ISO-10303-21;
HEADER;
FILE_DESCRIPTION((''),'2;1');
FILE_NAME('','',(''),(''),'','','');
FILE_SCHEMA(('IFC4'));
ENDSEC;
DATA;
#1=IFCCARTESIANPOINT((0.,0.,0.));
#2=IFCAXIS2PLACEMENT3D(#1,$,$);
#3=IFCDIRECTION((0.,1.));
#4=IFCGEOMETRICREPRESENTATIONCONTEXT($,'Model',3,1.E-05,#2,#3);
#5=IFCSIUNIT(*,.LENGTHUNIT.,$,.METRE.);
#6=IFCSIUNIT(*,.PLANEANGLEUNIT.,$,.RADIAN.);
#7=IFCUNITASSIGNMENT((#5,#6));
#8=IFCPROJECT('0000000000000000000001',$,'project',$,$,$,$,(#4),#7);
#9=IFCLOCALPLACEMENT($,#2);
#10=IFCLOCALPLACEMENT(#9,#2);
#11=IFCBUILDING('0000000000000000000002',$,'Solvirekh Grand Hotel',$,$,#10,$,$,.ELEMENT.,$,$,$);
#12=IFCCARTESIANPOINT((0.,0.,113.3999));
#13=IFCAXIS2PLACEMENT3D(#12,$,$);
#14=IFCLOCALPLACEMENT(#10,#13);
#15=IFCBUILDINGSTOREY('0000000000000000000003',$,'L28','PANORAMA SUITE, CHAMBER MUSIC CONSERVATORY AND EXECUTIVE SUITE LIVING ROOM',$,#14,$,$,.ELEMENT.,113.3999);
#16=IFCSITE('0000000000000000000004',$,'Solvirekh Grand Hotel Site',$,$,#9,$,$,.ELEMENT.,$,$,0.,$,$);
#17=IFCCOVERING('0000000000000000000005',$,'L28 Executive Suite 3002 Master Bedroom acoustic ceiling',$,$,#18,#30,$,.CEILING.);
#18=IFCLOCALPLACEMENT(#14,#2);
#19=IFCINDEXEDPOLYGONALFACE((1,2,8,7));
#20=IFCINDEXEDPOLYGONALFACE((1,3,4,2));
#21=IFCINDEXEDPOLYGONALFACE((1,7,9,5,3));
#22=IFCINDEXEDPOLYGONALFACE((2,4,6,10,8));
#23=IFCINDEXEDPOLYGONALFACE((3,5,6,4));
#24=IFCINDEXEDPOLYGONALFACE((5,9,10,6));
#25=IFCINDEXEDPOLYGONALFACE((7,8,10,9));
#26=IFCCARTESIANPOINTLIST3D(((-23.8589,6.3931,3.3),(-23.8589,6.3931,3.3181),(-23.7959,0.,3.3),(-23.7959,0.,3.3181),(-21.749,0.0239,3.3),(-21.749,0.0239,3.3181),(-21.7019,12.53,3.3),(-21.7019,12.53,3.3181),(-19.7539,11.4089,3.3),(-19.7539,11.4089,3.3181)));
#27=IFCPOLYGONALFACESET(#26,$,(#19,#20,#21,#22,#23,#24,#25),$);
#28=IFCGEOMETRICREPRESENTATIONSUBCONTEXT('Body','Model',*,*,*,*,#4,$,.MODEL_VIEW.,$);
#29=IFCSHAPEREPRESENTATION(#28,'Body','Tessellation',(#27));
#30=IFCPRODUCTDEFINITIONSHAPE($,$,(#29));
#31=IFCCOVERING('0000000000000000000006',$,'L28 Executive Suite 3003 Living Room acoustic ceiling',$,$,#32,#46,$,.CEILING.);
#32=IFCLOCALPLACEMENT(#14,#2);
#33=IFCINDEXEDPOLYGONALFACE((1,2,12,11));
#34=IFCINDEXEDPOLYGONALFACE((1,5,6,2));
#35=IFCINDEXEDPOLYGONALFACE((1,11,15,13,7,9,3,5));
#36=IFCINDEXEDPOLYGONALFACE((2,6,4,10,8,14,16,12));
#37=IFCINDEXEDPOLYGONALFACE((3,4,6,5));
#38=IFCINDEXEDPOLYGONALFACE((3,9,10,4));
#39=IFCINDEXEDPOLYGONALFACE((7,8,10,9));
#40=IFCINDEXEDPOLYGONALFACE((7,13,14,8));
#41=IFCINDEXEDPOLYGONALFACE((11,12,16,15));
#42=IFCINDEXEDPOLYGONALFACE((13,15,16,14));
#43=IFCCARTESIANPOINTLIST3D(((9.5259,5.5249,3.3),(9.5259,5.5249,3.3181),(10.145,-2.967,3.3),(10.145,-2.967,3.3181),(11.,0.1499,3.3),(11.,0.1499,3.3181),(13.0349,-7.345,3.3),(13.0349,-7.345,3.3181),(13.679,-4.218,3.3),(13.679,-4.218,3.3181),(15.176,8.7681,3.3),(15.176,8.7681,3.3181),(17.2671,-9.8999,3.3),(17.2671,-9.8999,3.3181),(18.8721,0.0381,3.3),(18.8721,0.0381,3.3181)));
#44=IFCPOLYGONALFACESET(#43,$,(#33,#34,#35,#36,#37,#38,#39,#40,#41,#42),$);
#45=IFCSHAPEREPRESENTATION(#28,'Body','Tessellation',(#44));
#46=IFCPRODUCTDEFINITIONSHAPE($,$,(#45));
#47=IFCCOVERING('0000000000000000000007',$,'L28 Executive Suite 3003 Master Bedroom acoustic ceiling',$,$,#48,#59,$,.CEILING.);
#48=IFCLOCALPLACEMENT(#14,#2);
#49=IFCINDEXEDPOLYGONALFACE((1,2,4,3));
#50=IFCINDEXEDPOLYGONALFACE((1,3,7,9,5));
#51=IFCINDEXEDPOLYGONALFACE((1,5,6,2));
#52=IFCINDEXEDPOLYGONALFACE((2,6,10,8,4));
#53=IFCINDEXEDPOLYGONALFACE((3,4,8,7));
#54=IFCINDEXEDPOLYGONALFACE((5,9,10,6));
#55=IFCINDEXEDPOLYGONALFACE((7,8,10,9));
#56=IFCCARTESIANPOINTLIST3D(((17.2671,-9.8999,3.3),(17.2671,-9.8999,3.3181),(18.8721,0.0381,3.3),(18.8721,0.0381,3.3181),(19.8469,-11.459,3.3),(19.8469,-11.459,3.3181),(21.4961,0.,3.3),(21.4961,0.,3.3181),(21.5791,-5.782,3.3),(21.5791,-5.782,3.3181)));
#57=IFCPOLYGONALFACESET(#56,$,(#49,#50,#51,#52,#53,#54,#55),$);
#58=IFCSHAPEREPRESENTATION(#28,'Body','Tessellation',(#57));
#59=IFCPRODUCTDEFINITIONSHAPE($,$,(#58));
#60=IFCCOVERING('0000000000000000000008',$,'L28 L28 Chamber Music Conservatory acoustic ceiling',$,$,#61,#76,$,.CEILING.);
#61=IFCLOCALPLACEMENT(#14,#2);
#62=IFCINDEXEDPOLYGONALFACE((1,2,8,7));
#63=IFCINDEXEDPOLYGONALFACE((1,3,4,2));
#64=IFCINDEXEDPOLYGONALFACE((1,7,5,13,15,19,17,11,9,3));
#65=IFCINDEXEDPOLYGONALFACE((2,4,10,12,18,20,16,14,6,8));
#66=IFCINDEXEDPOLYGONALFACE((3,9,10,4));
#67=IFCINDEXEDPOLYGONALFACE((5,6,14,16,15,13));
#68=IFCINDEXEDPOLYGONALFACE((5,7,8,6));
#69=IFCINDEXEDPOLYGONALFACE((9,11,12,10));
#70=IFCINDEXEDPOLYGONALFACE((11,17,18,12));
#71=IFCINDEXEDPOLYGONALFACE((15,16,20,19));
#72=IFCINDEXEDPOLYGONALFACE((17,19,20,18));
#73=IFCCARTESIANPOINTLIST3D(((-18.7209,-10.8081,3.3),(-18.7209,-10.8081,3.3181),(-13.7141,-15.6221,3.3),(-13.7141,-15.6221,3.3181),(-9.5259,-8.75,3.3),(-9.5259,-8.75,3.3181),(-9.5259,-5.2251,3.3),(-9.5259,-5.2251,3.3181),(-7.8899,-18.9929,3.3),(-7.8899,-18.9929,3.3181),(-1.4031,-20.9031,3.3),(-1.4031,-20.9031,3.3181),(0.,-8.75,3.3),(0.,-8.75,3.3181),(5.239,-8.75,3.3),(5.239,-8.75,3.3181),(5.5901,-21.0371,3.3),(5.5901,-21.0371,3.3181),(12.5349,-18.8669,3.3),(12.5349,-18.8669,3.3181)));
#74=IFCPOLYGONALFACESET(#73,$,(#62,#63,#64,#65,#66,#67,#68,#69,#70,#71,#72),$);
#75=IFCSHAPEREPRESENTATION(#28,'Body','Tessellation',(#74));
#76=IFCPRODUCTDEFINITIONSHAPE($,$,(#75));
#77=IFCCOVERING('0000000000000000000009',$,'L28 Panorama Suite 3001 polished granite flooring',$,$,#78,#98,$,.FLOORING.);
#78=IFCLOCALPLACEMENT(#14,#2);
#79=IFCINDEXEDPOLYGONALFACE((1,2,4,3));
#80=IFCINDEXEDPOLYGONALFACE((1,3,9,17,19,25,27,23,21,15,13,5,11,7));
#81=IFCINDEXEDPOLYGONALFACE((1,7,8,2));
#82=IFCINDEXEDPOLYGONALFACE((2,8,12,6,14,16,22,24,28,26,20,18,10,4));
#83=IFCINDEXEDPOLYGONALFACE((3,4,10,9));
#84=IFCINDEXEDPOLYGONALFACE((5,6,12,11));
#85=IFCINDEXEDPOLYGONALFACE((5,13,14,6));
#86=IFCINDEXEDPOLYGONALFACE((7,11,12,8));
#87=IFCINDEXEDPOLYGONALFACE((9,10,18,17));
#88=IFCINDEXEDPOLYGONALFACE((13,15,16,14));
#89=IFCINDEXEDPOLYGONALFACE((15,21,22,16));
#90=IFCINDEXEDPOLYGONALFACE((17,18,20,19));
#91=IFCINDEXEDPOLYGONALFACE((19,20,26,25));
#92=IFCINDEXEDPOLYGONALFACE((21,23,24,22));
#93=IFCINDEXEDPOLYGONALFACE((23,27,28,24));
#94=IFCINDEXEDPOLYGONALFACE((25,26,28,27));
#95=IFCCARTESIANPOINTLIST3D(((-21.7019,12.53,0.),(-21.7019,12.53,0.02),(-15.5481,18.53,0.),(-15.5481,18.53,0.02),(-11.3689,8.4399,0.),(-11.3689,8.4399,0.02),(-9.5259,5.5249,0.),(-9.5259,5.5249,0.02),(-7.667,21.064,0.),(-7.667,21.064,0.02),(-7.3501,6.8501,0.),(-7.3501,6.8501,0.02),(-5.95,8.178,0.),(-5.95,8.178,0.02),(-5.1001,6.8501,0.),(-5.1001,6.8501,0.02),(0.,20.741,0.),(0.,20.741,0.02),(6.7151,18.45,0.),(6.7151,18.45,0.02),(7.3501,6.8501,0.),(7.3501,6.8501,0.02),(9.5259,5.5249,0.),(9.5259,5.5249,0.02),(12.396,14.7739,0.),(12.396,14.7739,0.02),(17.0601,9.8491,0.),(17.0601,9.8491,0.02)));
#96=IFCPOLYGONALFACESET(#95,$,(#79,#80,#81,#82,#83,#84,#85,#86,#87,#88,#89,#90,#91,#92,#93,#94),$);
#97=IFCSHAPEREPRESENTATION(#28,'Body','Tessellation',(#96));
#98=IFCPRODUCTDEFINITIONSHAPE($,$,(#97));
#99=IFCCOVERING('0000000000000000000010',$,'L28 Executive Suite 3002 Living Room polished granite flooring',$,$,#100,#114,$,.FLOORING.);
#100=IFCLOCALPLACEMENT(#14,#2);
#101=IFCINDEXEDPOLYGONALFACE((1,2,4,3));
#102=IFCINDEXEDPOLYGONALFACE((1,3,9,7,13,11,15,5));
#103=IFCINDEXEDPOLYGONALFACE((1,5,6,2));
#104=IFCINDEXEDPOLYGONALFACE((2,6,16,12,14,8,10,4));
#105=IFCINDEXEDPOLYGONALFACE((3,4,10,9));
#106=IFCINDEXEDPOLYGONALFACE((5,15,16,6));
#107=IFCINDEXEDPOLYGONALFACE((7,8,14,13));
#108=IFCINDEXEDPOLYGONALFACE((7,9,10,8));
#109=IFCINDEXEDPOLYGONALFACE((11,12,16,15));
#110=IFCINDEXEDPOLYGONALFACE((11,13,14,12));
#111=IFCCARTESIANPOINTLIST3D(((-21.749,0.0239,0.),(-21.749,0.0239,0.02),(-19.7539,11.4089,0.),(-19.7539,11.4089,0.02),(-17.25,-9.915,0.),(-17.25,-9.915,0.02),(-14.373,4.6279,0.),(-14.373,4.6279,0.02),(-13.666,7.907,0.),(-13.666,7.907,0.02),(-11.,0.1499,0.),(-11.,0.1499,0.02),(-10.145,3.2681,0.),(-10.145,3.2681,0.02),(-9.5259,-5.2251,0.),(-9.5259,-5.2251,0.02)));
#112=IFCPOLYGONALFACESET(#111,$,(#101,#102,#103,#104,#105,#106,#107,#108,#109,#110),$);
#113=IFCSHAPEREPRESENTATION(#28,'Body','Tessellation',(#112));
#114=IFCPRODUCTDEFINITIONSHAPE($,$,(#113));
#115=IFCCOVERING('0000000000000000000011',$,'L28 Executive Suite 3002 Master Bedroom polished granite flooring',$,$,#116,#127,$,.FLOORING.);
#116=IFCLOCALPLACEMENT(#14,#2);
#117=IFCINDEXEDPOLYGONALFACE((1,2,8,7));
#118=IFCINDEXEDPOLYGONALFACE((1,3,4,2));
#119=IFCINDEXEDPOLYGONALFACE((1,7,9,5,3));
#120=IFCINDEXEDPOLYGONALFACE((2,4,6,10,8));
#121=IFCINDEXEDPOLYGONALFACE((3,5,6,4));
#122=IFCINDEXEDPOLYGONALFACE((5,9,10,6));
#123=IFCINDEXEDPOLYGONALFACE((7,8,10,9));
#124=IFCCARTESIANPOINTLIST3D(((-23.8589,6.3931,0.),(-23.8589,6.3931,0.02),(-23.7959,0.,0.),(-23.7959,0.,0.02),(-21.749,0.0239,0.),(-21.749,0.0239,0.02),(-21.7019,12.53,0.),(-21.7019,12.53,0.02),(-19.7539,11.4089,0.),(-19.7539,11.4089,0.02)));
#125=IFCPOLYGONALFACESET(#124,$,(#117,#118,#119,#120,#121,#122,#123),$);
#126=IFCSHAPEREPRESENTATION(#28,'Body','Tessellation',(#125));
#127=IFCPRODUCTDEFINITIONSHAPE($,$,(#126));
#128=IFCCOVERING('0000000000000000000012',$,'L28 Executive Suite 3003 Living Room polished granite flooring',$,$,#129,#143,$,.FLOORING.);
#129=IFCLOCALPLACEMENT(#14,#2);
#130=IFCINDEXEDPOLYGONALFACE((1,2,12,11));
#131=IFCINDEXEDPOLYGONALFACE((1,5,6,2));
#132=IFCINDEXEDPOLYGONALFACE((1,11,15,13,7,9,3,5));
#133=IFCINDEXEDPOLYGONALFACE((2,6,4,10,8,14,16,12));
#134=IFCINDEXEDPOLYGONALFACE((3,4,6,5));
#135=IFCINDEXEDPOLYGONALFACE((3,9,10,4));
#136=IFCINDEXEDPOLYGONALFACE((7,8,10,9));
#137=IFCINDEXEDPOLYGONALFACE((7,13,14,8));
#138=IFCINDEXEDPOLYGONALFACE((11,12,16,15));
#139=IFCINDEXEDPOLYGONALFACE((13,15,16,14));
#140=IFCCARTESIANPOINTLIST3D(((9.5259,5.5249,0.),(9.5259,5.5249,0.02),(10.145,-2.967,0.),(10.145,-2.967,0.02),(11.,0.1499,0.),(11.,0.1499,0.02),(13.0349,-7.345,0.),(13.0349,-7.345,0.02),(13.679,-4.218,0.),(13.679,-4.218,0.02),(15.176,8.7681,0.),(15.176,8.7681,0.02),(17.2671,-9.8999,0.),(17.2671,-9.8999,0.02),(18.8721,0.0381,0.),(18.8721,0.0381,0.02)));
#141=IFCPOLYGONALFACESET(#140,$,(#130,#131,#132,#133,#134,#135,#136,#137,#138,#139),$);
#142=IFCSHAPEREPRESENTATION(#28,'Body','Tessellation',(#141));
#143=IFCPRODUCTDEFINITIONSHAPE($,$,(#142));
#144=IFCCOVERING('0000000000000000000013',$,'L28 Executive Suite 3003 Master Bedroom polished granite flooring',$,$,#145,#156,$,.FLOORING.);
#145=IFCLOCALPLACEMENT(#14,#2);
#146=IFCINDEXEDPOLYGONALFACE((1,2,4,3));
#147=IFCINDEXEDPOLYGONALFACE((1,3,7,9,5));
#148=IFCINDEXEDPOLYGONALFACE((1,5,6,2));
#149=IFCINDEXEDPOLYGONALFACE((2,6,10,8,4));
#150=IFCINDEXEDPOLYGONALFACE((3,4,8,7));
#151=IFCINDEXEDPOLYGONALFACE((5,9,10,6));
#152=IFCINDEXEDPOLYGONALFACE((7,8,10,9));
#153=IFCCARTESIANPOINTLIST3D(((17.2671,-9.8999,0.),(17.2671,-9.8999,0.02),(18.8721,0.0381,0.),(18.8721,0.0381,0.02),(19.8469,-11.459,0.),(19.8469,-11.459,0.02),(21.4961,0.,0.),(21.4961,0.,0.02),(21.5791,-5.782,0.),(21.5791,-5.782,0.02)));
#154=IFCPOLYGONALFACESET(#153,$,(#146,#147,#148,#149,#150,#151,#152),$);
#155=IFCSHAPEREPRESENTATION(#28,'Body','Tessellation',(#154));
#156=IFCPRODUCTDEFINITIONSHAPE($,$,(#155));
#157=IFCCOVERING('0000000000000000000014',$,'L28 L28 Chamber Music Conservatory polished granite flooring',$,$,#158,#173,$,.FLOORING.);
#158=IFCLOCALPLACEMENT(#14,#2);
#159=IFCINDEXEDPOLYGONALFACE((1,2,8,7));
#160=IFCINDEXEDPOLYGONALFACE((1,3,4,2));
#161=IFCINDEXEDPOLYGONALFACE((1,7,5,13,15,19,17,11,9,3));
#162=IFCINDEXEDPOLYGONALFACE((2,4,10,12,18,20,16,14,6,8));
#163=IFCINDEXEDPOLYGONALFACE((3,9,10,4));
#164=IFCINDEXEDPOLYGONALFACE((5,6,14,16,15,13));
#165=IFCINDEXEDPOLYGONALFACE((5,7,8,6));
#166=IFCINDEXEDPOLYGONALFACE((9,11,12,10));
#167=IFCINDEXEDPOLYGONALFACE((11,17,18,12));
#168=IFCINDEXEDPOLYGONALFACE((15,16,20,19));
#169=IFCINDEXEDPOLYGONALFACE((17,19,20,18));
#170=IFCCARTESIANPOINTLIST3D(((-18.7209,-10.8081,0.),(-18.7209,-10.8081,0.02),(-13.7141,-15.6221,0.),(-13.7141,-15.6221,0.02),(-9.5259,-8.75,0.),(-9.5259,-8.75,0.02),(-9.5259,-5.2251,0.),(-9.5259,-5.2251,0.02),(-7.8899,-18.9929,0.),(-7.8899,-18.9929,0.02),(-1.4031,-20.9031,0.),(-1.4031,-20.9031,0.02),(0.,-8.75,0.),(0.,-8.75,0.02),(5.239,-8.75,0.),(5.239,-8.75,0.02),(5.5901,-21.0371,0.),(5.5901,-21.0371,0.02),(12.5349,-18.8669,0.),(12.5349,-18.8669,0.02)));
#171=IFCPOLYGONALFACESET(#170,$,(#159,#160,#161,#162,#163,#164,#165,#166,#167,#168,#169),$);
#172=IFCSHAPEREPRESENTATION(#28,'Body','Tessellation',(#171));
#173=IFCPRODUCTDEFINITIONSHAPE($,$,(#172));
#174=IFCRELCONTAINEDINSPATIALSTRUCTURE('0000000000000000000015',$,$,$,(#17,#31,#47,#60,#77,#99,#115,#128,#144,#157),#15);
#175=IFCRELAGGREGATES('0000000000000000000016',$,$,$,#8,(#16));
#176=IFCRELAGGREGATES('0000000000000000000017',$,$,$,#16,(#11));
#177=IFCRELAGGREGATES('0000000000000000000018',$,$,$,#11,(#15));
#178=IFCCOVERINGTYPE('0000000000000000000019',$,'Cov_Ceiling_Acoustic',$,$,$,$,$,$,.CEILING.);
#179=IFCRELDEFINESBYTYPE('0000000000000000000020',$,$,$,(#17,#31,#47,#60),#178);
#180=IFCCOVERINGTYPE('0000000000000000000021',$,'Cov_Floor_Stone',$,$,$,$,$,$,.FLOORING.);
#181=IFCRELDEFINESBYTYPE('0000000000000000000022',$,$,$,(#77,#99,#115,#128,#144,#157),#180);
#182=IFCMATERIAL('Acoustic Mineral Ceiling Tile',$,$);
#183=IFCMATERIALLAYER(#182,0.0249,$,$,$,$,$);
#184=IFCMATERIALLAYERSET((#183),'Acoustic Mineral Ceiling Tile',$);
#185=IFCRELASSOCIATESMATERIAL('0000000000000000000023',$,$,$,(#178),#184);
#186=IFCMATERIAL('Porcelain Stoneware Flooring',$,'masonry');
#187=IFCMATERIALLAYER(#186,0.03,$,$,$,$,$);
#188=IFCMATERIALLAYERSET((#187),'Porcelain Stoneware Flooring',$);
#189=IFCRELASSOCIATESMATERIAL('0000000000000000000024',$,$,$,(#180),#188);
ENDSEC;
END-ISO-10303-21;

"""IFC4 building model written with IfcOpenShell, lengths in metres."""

from ifc_helpers import new_model, si_unit, direction, frame, origin, place, context, subcontext, project, spatial, polyline, outline, extrude, material, layer, layer_set, type_object, element, save


model = new_model("IFC4")

# Units and contexts
model_context = context("Model", 3, precision=1e-05, world=origin(), true_north=direction((0.0, 1.0)))
body_context = subcontext(model_context, "Body", "Model", "MODEL_VIEW")
ifc_project = project(units=[si_unit("LENGTHUNIT", "METRE"), si_unit("PLANEANGLEUNIT", "RADIAN")], contexts=[model_context])

# Site, building, storey
site_placement = place(None, origin())
site = spatial("IfcSite", under=ifc_project, at=site_placement, Name="Solvirekh Grand Hotel Site", CompositionType="ELEMENT", RefElevation=0.0)
building_placement = place(site_placement, origin())
building = spatial("IfcBuilding", under=site, at=building_placement, Name="Solvirekh Grand Hotel", CompositionType="ELEMENT")
storey_placement = place(building_placement, frame((0.0, 0.0, 113.3999)))
storey = spatial("IfcBuildingStorey", under=building, at=storey_placement, Name="L28", Description="PANORAMA SUITE, CHAMBER MUSIC CONSERVATORY AND EXECUTIVE SUITE LIVING ROOM", CompositionType="ELEMENT", Elevation=113.3999)

# Coverings
ifc_material_1 = material(Name="Acoustic Mineral Ceiling Tile")
ifc_layer_1 = layer(ifc_material_1, 0.0249)
ifc_layer_set_1 = layer_set([ifc_layer_1], Name="Acoustic Mineral Ceiling Tile")
covering_type_1 = type_object("IfcCoveringType", Name="Cov_Ceiling_Acoustic", PredefinedType="CEILING", material=ifc_layer_set_1)
covering_1_placement = place(storey_placement, frame((0.0, 0.0, 3.3)))
element("IfcCovering", 1, at=covering_1_placement, inside=storey, type_object=covering_type_1, Name="L28 Executive Suite 3002 Master Bedroom acoustic ceiling", PredefinedType="CEILING", context=body_context, shape_type="SweptSolid", body=[
    extrude(outline(polyline([(-21.7019, 12.53), (-23.8589, 6.3931), (-23.7959, 0.0), (-21.749, 0.0239), (-19.7539, 11.4089), (-21.7019, 12.53)])), origin(), (0.0, 0.0, 1.0), 0.0181),
])
covering_2_placement = place(storey_placement, frame((0.0, 0.0, 3.3)))
element("IfcCovering", 2, at=covering_2_placement, inside=storey, type_object=covering_type_1, Name="L28 Executive Suite 3003 Living Room acoustic ceiling", PredefinedType="CEILING", context=body_context, shape_type="SweptSolid", body=[
    extrude(outline(polyline([(13.679, -4.218), (13.0349, -7.345), (17.2671, -9.8999), (18.8721, 0.0381), (15.176, 8.7681), (9.5259, 5.5249), (11.0, 0.1499), (10.145, -2.967), (13.679, -4.218)])), origin(), (0.0, 0.0, 1.0), 0.0181),
])
covering_3_placement = place(storey_placement, frame((0.0, 0.0, 3.3)))
element("IfcCovering", 3, at=covering_3_placement, inside=storey, type_object=covering_type_1, Name="L28 Executive Suite 3003 Master Bedroom acoustic ceiling", PredefinedType="CEILING", context=body_context, shape_type="SweptSolid", body=[
    extrude(outline(polyline([(19.8469, -11.459), (21.5791, -5.782), (21.4961, 0.0), (18.8721, 0.0381), (17.2671, -9.8999), (19.8469, -11.459)])), origin(), (0.0, 0.0, 1.0), 0.0181),
])
covering_4_placement = place(storey_placement, frame((0.0, 0.0, 3.3)))
element("IfcCovering", 4, at=covering_4_placement, inside=storey, type_object=covering_type_1, Name="L28 L28 Chamber Music Conservatory acoustic ceiling", PredefinedType="CEILING", context=body_context, shape_type="SweptSolid", body=[
    extrude(outline(polyline([(-18.7209, -10.8081), (-13.7141, -15.6221), (-7.8899, -18.9929), (-1.4031, -20.9031), (5.5901, -21.0371), (12.5349, -18.8669), (5.239, -8.75), (0.0, -8.75), (-9.5259, -8.75), (-9.5259, -5.2251), (-18.7209, -10.8081)])), origin(), (0.0, 0.0, 1.0), 0.0181),
])
ifc_material_2 = material(Name="Porcelain Stoneware Flooring", Category="masonry")
ifc_layer_2 = layer(ifc_material_2, 0.03)
ifc_layer_set_2 = layer_set([ifc_layer_2], Name="Porcelain Stoneware Flooring")
covering_type_2 = type_object("IfcCoveringType", Name="Cov_Floor_Stone", PredefinedType="FLOORING", material=ifc_layer_set_2)
covering_5_placement = place(storey_placement, origin())
element("IfcCovering", 5, at=covering_5_placement, inside=storey, type_object=covering_type_2, Name="L28 Panorama Suite 3001 polished granite flooring", PredefinedType="FLOORING", context=body_context, shape_type="SweptSolid", body=[
    extrude(outline(polyline([(-7.3501, 6.8501), (-11.3689, 8.4399), (-5.95, 8.178), (-5.1001, 6.8501), (7.3501, 6.8501), (9.5259, 5.5249), (17.0601, 9.8491), (12.396, 14.7739), (6.7151, 18.45), (0.0, 20.741), (-7.667, 21.064), (-15.5481, 18.53), (-21.7019, 12.53), (-9.5259, 5.5249), (-7.3501, 6.8501)])), origin(), (0.0, 0.0, 1.0), 0.02),
])
covering_6_placement = place(storey_placement, origin())
element("IfcCovering", 6, at=covering_6_placement, inside=storey, type_object=covering_type_2, Name="L28 Executive Suite 3002 Living Room polished granite flooring", PredefinedType="FLOORING", context=body_context, shape_type="SweptSolid", body=[
    extrude(outline(polyline([(-14.373, 4.6279), (-13.666, 7.907), (-19.7539, 11.4089), (-21.749, 0.0239), (-17.25, -9.915), (-9.5259, -5.2251), (-11.0, 0.1499), (-10.145, 3.2681), (-14.373, 4.6279)])), origin(), (0.0, 0.0, 1.0), 0.02),
])
covering_7_placement = place(storey_placement, origin())
element("IfcCovering", 7, at=covering_7_placement, inside=storey, type_object=covering_type_2, Name="L28 Executive Suite 3002 Master Bedroom polished granite flooring", PredefinedType="FLOORING", context=body_context, shape_type="SweptSolid", body=[
    extrude(outline(polyline([(-21.7019, 12.53), (-23.8589, 6.3931), (-23.7959, 0.0), (-21.749, 0.0239), (-19.7539, 11.4089), (-21.7019, 12.53)])), origin(), (0.0, 0.0, 1.0), 0.02),
])
covering_8_placement = place(storey_placement, origin())
element("IfcCovering", 8, at=covering_8_placement, inside=storey, type_object=covering_type_2, Name="L28 Executive Suite 3003 Living Room polished granite flooring", PredefinedType="FLOORING", context=body_context, shape_type="SweptSolid", body=[
    extrude(outline(polyline([(13.679, -4.218), (13.0349, -7.345), (17.2671, -9.8999), (18.8721, 0.0381), (15.176, 8.7681), (9.5259, 5.5249), (11.0, 0.1499), (10.145, -2.967), (13.679, -4.218)])), origin(), (0.0, 0.0, 1.0), 0.02),
])
covering_9_placement = place(storey_placement, origin())
element("IfcCovering", 9, at=covering_9_placement, inside=storey, type_object=covering_type_2, Name="L28 Executive Suite 3003 Master Bedroom polished granite flooring", PredefinedType="FLOORING", context=body_context, shape_type="SweptSolid", body=[
    extrude(outline(polyline([(19.8469, -11.459), (21.5791, -5.782), (21.4961, 0.0), (18.8721, 0.0381), (17.2671, -9.8999), (19.8469, -11.459)])), origin(), (0.0, 0.0, 1.0), 0.02),
])
covering_10_placement = place(storey_placement, origin())
element("IfcCovering", 10, at=covering_10_placement, inside=storey, type_object=covering_type_2, Name="L28 L28 Chamber Music Conservatory polished granite flooring", PredefinedType="FLOORING", context=body_context, shape_type="SweptSolid", body=[
    extrude(outline(polyline([(-18.7209, -10.8081), (-13.7141, -15.6221), (-7.8899, -18.9929), (-1.4031, -20.9031), (5.5901, -21.0371), (12.5349, -18.8669), (5.239, -8.75), (0.0, -8.75), (-9.5259, -8.75), (-9.5259, -5.2251), (-18.7209, -10.8081)])), origin(), (0.0, 0.0, 1.0), 0.02),
])

save(model, "model.ifc")
